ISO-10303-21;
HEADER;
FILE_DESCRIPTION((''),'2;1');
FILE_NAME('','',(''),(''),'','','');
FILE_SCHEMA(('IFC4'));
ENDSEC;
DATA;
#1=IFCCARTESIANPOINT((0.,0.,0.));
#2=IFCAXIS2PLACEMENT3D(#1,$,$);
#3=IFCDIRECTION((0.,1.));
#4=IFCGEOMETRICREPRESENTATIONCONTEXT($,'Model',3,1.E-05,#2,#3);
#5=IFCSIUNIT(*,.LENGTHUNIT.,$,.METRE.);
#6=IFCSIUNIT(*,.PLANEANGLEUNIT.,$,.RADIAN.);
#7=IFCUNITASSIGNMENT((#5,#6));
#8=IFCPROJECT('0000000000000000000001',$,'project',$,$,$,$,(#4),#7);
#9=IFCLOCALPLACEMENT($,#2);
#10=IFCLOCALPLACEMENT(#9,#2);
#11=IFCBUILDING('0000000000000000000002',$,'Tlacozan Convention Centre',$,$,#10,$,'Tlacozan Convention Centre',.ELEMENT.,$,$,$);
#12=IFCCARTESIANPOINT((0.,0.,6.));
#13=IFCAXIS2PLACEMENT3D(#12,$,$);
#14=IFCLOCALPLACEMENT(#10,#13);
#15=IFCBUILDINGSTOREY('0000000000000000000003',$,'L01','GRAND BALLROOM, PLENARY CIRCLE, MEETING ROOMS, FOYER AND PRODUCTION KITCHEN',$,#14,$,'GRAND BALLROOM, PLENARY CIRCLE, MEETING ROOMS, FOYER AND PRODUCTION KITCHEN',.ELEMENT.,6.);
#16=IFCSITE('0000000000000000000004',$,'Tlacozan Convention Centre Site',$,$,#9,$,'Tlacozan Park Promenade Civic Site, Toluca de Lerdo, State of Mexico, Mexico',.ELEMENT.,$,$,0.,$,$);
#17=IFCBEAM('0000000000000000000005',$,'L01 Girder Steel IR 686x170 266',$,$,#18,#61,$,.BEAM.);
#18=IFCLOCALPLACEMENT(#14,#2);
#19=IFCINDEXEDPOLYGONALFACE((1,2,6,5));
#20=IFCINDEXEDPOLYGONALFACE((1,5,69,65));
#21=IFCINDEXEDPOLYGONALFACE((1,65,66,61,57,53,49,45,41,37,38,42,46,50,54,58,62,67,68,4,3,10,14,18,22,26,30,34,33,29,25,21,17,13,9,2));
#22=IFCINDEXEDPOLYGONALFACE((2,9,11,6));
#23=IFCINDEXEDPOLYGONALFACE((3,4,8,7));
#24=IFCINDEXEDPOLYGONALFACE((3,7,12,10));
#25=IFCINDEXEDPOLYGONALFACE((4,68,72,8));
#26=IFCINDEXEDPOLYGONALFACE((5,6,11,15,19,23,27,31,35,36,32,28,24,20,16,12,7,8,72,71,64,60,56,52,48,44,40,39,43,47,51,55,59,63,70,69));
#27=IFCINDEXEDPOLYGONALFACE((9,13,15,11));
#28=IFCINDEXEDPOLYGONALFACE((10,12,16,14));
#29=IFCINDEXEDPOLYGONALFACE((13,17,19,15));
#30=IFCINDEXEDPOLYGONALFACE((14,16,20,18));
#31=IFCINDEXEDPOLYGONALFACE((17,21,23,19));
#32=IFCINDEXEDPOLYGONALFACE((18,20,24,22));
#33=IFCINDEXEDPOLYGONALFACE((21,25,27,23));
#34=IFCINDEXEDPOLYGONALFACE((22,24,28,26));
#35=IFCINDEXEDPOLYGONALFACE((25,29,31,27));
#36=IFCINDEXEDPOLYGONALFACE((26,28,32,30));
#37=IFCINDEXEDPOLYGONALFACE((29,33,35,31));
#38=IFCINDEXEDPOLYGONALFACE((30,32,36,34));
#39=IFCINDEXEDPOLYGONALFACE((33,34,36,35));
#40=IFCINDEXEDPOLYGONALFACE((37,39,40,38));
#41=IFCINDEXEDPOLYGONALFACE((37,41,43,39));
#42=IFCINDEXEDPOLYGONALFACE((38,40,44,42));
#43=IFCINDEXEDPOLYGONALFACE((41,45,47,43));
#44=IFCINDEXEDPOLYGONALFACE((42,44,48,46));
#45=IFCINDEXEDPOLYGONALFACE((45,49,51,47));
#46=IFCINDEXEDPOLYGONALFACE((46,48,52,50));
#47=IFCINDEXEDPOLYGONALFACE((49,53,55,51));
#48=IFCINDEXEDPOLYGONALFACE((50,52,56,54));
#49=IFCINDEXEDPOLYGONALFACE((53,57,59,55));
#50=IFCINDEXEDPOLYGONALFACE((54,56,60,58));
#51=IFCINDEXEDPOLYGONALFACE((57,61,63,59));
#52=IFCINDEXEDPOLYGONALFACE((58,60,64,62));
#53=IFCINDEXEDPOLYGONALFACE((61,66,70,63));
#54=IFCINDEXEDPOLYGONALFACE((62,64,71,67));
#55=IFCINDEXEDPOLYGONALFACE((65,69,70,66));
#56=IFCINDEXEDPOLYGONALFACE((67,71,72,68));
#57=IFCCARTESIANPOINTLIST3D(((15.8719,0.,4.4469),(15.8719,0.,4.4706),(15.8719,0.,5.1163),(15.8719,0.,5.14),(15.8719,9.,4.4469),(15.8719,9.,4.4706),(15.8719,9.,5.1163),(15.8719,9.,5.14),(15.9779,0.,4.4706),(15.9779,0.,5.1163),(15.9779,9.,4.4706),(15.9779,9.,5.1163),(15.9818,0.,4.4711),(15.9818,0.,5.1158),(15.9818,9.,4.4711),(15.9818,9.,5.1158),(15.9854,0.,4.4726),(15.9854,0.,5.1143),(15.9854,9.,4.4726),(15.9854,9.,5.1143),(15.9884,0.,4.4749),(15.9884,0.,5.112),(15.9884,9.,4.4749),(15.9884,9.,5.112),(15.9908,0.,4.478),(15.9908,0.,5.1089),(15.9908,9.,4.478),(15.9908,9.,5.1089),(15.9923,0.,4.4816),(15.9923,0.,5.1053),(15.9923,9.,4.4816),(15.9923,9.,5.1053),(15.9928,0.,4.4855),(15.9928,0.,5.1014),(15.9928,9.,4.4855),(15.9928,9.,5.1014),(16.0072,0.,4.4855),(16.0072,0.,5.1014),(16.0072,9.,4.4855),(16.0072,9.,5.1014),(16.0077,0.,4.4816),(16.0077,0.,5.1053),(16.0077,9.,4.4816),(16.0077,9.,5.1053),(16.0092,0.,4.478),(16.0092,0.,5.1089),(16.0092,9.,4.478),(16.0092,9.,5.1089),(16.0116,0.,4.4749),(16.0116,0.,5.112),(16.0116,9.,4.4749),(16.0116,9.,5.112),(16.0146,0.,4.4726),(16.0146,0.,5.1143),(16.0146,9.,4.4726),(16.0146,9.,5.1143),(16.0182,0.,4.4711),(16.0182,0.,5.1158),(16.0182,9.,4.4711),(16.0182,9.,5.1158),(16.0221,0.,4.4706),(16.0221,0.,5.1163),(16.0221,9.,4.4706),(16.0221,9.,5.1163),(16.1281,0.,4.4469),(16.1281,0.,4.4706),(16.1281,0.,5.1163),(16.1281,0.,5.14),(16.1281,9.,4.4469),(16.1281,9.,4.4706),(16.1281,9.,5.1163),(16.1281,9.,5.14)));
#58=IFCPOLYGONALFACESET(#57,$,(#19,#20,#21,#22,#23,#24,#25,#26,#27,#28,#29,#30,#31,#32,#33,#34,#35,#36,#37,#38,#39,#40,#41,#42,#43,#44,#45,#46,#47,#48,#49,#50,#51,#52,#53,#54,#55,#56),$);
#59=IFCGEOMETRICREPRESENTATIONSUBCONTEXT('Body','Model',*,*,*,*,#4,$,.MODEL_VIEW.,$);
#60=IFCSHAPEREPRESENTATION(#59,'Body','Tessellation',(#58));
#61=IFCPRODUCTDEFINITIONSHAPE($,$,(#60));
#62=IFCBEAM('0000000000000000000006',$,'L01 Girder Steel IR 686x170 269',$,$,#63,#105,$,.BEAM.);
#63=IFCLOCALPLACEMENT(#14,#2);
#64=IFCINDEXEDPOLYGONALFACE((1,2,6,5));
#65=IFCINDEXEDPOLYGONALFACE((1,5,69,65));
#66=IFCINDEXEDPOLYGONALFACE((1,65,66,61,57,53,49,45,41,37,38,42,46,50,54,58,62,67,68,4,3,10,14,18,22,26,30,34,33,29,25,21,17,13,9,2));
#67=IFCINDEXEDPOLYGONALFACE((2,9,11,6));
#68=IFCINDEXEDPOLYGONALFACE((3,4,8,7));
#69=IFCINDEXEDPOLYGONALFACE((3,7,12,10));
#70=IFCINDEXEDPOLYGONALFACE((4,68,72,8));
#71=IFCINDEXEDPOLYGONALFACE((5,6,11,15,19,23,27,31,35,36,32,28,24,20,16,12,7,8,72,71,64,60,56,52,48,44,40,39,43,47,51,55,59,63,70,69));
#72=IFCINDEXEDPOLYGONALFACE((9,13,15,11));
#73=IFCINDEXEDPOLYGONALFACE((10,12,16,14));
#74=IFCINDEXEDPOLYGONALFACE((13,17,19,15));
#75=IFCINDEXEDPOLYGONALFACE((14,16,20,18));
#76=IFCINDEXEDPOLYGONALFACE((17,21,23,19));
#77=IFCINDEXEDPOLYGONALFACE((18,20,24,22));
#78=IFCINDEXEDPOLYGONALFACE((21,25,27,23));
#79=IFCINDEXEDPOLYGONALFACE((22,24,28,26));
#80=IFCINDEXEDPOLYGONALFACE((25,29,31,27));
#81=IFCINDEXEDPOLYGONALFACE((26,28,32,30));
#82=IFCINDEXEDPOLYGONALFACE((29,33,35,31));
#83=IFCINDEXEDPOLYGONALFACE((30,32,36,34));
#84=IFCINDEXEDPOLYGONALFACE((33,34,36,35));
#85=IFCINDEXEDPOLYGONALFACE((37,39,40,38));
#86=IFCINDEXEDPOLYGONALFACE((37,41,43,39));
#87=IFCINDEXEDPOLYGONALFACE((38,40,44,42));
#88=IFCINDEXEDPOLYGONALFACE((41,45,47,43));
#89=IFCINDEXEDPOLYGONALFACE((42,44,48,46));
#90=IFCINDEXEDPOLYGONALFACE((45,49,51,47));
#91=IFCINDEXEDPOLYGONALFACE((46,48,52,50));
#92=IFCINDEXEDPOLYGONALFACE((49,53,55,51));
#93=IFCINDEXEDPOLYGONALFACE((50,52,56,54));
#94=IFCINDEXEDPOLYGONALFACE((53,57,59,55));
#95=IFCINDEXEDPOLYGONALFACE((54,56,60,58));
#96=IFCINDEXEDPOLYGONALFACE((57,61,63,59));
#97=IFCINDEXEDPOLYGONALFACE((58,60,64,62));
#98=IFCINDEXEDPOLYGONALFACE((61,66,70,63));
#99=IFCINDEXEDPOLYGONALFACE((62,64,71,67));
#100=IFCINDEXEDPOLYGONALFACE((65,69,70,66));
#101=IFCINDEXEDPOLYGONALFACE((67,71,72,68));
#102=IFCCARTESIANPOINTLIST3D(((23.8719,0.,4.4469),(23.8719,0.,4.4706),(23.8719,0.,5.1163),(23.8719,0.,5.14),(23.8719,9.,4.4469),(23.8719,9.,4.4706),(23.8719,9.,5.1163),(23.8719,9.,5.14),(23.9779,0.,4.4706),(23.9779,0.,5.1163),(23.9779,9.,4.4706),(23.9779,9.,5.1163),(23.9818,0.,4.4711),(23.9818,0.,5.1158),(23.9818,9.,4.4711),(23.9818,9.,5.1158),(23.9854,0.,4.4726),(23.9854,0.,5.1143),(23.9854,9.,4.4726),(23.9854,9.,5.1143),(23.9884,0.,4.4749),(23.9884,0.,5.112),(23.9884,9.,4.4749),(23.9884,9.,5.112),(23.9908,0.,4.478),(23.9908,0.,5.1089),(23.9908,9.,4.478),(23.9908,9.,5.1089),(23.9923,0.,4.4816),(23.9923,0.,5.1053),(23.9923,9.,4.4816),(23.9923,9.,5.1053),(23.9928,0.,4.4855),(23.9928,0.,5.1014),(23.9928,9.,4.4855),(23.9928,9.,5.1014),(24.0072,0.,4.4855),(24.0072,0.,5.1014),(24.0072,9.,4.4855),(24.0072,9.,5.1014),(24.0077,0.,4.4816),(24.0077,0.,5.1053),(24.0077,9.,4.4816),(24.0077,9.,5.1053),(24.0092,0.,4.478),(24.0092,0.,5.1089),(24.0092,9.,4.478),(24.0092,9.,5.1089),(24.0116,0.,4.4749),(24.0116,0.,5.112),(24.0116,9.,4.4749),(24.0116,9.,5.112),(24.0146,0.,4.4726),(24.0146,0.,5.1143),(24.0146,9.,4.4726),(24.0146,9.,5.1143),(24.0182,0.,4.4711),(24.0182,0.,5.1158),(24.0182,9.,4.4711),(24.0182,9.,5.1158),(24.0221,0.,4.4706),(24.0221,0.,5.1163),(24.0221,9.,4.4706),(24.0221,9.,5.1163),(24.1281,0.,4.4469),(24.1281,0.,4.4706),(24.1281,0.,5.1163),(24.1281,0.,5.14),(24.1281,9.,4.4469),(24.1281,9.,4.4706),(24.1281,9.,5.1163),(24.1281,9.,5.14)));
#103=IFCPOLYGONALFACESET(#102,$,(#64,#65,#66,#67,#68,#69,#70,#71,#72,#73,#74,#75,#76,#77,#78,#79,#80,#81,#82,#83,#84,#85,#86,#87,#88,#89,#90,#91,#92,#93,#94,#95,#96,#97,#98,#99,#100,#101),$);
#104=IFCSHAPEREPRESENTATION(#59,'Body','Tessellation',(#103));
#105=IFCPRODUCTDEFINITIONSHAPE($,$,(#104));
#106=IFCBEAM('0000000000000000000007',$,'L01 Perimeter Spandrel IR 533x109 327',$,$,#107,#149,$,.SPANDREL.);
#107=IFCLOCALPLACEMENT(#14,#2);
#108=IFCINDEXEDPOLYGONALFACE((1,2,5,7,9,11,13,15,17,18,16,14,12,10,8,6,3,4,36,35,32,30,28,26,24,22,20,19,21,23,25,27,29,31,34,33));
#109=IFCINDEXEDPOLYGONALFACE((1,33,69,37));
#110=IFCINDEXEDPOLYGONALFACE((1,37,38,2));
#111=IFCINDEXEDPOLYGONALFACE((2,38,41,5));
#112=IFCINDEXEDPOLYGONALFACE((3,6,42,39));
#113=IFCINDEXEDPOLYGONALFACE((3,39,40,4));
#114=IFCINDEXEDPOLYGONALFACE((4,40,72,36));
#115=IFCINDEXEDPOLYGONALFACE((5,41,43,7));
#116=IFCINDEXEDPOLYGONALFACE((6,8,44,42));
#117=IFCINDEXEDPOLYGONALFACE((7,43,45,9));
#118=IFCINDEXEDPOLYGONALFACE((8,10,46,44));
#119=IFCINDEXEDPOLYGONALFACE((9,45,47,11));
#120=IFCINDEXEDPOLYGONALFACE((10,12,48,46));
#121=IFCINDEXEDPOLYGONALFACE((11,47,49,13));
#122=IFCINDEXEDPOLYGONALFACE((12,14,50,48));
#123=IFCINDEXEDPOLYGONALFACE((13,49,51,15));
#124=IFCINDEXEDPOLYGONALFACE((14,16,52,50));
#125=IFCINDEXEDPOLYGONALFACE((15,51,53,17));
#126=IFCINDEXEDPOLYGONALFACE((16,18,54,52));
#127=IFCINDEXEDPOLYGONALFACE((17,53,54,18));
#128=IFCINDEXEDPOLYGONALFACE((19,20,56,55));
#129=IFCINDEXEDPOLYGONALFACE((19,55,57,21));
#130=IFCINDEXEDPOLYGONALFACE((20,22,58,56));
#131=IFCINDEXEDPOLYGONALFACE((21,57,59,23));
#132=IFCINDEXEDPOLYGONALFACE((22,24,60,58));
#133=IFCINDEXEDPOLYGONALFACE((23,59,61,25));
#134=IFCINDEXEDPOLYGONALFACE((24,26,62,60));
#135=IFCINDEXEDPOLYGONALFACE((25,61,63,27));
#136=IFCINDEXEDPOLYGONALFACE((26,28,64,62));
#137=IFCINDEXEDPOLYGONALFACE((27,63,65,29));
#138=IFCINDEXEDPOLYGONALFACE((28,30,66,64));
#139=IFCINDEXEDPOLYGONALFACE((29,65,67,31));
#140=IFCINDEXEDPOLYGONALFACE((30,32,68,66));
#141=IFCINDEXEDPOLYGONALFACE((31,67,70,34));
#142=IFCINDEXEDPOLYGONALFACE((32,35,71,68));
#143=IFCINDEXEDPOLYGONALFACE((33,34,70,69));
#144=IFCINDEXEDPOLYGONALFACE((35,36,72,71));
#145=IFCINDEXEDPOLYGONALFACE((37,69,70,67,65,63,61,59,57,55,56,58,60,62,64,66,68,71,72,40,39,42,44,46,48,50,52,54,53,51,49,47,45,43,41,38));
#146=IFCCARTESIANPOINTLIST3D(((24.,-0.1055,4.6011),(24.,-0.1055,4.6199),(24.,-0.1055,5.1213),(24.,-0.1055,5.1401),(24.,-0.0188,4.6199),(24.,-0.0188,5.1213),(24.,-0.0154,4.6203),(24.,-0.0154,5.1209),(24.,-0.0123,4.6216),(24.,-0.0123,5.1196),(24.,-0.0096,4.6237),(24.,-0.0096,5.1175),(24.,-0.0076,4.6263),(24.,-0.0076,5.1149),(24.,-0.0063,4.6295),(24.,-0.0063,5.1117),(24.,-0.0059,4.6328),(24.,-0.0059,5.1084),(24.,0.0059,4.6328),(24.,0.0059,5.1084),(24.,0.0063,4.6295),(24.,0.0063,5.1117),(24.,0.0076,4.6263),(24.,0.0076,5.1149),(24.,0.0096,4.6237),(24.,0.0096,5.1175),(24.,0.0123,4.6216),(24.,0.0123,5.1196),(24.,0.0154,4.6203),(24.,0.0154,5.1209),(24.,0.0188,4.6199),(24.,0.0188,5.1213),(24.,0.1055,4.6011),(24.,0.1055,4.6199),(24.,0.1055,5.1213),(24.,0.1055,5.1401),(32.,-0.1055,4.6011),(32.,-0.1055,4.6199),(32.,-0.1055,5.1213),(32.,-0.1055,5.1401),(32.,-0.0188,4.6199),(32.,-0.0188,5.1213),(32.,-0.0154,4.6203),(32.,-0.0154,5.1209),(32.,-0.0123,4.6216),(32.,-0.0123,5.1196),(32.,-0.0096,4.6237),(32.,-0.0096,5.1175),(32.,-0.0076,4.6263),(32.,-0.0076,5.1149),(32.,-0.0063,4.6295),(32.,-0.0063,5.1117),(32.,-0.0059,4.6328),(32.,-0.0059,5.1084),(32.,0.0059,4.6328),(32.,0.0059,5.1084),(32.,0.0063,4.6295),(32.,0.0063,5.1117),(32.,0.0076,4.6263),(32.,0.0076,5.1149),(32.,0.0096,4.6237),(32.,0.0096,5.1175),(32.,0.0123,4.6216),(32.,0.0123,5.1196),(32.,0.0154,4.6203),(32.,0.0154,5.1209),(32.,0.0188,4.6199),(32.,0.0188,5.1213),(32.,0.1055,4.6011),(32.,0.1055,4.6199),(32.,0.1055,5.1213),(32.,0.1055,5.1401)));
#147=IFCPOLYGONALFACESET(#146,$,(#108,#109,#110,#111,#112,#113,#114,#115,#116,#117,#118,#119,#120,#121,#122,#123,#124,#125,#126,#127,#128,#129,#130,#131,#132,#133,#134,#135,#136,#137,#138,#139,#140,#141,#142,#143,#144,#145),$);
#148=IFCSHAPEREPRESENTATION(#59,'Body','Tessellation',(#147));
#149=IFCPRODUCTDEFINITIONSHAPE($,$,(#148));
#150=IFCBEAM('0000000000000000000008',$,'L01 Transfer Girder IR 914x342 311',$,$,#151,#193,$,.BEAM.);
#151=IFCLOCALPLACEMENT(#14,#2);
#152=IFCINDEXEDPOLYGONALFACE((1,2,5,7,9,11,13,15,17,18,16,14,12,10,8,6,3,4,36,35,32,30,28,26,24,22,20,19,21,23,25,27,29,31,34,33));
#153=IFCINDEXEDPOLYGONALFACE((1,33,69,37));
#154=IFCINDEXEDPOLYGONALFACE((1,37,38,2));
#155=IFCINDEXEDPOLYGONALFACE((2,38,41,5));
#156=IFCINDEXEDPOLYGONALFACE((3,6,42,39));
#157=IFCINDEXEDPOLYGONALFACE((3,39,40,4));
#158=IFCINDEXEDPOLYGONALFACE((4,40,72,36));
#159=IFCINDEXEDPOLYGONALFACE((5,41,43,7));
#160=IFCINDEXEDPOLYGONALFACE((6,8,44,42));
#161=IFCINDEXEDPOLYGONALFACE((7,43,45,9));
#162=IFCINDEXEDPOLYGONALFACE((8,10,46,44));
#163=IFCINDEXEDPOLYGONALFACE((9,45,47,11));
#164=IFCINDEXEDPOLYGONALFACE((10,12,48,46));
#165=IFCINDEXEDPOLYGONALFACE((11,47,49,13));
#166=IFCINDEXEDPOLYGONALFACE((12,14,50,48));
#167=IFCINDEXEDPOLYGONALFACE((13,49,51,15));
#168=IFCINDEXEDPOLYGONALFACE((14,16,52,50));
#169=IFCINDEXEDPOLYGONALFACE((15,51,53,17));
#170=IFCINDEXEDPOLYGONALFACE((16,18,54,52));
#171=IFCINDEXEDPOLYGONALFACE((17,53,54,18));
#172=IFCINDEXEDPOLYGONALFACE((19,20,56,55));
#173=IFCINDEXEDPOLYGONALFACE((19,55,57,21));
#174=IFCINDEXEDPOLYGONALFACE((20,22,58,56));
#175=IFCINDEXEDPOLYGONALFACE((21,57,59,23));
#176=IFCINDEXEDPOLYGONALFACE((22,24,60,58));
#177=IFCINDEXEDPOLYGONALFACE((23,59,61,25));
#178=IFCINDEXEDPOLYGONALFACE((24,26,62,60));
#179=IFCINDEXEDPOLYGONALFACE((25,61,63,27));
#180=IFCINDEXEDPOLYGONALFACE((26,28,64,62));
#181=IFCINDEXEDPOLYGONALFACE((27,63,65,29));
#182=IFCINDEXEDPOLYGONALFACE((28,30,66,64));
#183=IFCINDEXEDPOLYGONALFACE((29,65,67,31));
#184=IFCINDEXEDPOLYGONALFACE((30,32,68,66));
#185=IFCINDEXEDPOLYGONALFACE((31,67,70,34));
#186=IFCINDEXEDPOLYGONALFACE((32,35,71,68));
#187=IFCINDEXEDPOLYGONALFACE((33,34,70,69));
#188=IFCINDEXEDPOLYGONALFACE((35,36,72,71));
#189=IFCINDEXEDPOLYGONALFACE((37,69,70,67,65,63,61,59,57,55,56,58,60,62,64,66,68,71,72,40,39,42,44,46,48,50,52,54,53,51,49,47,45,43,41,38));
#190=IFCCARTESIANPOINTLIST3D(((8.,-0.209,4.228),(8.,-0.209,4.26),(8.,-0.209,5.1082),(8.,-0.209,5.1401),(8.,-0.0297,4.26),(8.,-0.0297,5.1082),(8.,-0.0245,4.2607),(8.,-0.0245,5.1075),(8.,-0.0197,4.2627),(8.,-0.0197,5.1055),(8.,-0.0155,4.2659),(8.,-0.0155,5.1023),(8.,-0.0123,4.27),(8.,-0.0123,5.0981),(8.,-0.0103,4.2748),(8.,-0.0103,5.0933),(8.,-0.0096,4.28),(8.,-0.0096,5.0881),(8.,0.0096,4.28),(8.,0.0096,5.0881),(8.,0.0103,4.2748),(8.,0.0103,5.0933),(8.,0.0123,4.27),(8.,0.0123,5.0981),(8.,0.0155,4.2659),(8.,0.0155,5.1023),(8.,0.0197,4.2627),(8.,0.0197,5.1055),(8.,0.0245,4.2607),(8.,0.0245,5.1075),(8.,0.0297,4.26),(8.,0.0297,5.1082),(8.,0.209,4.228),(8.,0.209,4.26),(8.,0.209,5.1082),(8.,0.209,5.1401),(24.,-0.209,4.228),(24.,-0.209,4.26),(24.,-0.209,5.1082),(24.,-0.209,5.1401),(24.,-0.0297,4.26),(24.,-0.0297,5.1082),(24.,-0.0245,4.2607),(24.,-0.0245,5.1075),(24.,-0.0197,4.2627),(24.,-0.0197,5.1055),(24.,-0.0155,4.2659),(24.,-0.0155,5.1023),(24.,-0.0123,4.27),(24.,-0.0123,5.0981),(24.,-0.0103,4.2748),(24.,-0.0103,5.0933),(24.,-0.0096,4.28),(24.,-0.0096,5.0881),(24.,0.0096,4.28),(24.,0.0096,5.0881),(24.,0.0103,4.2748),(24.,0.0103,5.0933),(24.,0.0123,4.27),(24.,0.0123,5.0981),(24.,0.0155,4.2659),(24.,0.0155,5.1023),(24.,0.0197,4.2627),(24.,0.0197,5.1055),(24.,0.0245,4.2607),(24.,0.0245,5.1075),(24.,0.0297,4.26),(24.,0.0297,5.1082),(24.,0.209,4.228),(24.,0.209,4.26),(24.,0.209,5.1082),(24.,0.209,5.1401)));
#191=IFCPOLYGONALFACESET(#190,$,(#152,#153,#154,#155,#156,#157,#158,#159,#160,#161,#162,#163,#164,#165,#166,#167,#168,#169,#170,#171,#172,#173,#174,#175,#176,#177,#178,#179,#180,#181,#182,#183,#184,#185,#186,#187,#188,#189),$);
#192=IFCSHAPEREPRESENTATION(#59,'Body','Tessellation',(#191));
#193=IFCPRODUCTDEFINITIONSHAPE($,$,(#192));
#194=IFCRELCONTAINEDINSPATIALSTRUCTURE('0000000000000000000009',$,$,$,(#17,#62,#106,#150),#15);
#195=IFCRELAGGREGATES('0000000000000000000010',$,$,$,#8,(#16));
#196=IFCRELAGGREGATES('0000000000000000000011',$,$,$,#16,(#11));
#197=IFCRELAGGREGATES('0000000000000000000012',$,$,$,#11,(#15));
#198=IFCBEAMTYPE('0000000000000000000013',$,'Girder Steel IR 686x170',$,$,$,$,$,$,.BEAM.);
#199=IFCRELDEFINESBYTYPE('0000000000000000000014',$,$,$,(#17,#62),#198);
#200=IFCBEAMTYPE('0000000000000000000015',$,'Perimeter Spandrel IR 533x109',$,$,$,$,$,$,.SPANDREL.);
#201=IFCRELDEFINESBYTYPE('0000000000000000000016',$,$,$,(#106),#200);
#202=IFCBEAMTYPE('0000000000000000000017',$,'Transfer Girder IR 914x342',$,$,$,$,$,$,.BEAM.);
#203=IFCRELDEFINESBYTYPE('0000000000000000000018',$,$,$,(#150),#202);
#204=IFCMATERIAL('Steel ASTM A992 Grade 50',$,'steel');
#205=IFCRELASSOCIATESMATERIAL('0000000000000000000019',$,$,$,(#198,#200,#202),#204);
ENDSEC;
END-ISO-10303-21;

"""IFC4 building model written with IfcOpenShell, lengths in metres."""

from ifc_helpers import new_model, si_unit, direction, frame, origin, origin_2d, place, context, subcontext, project, spatial, i_section, extrude, material, material_profile, profile_set, type_object, element, save


model = new_model("IFC4")

# Units and contexts
model_context = context("Model", 3, precision=1e-05, world=origin(), true_north=direction((0.0, 1.0)))
body_context = subcontext(model_context, "Body", "Model", "MODEL_VIEW")
ifc_project = project(units=[si_unit("LENGTHUNIT", "METRE"), si_unit("PLANEANGLEUNIT", "RADIAN")], contexts=[model_context])

# Site, building, storey
site_placement = place(None, origin())
site = spatial("IfcSite", under=ifc_project, at=site_placement, Name="Tlacozan Convention Centre Site", LongName="Tlacozan Park Promenade Civic Site, Toluca de Lerdo, State of Mexico, Mexico", CompositionType="ELEMENT", RefElevation=0.0)
building_placement = place(site_placement, origin())
building = spatial("IfcBuilding", under=site, at=building_placement, Name="Tlacozan Convention Centre", LongName="Tlacozan Convention Centre", CompositionType="ELEMENT")
storey_placement = place(building_placement, frame((0.0, 0.0, 6.0)))
storey = spatial("IfcBuildingStorey", under=building, at=storey_placement, Name="L01", Description="GRAND BALLROOM, PLENARY CIRCLE, MEETING ROOMS, FOYER AND PRODUCTION KITCHEN", LongName="GRAND BALLROOM, PLENARY CIRCLE, MEETING ROOMS, FOYER AND PRODUCTION KITCHEN", CompositionType="ELEMENT", Elevation=6.0)

# Beams
ifc_material_1 = material(Name="Steel ASTM A992 Grade 50", Category="steel")
ifc_material_profile_1 = material_profile(ifc_material_1, i_section(OverallWidth=0.2561, OverallDepth=0.6931, WebThickness=0.0144, FlangeThickness=0.0237, FilletRadius=0.0149, at=origin_2d()), Name="IR 686x170.0")
ifc_profile_set_1 = profile_set([ifc_material_profile_1], Name="Steel ASTM A992 Grade 50")
beam_type_1 = type_object("IfcBeamType", Name="Girder Steel IR 686x170", PredefinedType="BEAM", material=ifc_profile_set_1)
for number, where, z_axis, x_axis, name in (
    (1, (16.0, 0.0, 4.7935), (0.0, 1.0, 0.0), (-1.0, 0.0, 0.0), "L01 Girder Steel IR 686x170 266"),
    (2, (24.0, 0.0, 4.7935), (0.0, 1.0, 0.0), (-1.0, 0.0, 0.0), "L01 Girder Steel IR 686x170 269"),
):
    element("IfcBeam", number, at=place(storey_placement, frame(where, z_axis=z_axis, x_axis=x_axis)), inside=storey, type_object=beam_type_1, Name=name, PredefinedType="BEAM", context=body_context, shape_type="SweptSolid", body=[
        extrude(i_section(OverallWidth=0.2561, OverallDepth=0.6931, WebThickness=0.0144, FlangeThickness=0.0237, FilletRadius=0.0149, at=origin_2d()), origin(), (0.0, 0.0, 1.0), 9.0),
    ])
ifc_material_profile_2 = material_profile(ifc_material_1, i_section(OverallWidth=0.2109, OverallDepth=0.5391, WebThickness=0.0117, FlangeThickness=0.0188, FilletRadius=0.0129, at=origin_2d()), Name="IR 533x109.0")
ifc_profile_set_2 = profile_set([ifc_material_profile_2], Name="Steel ASTM A992 Grade 50")
beam_type_2 = type_object("IfcBeamType", Name="Perimeter Spandrel IR 533x109", PredefinedType="SPANDREL", material=ifc_profile_set_2)
beam_1_placement = place(storey_placement, frame((24.0, 0.0, 4.8706), z_axis=(1.0, 0.0, 0.0), x_axis=(0.0, 1.0, 0.0)))
element("IfcBeam", 3, at=beam_1_placement, inside=storey, type_object=beam_type_2, Name="L01 Perimeter Spandrel IR 533x109 327", PredefinedType="SPANDREL", context=body_context, shape_type="SweptSolid", body=[
    extrude(i_section(OverallWidth=0.2109, OverallDepth=0.5391, WebThickness=0.0117, FlangeThickness=0.0188, FilletRadius=0.0129, at=origin_2d()), origin(), (0.0, 0.0, 1.0), 8.0),
])
ifc_material_profile_3 = material_profile(ifc_material_1, i_section(OverallWidth=0.418, OverallDepth=0.9121, WebThickness=0.0193, FlangeThickness=0.032, FilletRadius=0.02, at=origin_2d()), Name="IR 914x342.0")
ifc_profile_set_3 = profile_set([ifc_material_profile_3], Name="Steel ASTM A992 Grade 50")
beam_type_3 = type_object("IfcBeamType", Name="Transfer Girder IR 914x342", PredefinedType="BEAM", material=ifc_profile_set_3)
beam_2_placement = place(storey_placement, frame((24.0, 0.0, 4.6841), z_axis=(-1.0, 0.0, 0.0), x_axis=(0.0, -1.0, 0.0)))
element("IfcBeam", 4, at=beam_2_placement, inside=storey, type_object=beam_type_3, Name="L01 Transfer Girder IR 914x342 311", PredefinedType="BEAM", context=body_context, shape_type="SweptSolid", body=[
    extrude(i_section(OverallWidth=0.418, OverallDepth=0.9121, WebThickness=0.0193, FlangeThickness=0.032, FilletRadius=0.02, at=origin_2d()), origin(), (0.0, 0.0, 1.0), 16.0),
])

save(model, "model.ifc")
